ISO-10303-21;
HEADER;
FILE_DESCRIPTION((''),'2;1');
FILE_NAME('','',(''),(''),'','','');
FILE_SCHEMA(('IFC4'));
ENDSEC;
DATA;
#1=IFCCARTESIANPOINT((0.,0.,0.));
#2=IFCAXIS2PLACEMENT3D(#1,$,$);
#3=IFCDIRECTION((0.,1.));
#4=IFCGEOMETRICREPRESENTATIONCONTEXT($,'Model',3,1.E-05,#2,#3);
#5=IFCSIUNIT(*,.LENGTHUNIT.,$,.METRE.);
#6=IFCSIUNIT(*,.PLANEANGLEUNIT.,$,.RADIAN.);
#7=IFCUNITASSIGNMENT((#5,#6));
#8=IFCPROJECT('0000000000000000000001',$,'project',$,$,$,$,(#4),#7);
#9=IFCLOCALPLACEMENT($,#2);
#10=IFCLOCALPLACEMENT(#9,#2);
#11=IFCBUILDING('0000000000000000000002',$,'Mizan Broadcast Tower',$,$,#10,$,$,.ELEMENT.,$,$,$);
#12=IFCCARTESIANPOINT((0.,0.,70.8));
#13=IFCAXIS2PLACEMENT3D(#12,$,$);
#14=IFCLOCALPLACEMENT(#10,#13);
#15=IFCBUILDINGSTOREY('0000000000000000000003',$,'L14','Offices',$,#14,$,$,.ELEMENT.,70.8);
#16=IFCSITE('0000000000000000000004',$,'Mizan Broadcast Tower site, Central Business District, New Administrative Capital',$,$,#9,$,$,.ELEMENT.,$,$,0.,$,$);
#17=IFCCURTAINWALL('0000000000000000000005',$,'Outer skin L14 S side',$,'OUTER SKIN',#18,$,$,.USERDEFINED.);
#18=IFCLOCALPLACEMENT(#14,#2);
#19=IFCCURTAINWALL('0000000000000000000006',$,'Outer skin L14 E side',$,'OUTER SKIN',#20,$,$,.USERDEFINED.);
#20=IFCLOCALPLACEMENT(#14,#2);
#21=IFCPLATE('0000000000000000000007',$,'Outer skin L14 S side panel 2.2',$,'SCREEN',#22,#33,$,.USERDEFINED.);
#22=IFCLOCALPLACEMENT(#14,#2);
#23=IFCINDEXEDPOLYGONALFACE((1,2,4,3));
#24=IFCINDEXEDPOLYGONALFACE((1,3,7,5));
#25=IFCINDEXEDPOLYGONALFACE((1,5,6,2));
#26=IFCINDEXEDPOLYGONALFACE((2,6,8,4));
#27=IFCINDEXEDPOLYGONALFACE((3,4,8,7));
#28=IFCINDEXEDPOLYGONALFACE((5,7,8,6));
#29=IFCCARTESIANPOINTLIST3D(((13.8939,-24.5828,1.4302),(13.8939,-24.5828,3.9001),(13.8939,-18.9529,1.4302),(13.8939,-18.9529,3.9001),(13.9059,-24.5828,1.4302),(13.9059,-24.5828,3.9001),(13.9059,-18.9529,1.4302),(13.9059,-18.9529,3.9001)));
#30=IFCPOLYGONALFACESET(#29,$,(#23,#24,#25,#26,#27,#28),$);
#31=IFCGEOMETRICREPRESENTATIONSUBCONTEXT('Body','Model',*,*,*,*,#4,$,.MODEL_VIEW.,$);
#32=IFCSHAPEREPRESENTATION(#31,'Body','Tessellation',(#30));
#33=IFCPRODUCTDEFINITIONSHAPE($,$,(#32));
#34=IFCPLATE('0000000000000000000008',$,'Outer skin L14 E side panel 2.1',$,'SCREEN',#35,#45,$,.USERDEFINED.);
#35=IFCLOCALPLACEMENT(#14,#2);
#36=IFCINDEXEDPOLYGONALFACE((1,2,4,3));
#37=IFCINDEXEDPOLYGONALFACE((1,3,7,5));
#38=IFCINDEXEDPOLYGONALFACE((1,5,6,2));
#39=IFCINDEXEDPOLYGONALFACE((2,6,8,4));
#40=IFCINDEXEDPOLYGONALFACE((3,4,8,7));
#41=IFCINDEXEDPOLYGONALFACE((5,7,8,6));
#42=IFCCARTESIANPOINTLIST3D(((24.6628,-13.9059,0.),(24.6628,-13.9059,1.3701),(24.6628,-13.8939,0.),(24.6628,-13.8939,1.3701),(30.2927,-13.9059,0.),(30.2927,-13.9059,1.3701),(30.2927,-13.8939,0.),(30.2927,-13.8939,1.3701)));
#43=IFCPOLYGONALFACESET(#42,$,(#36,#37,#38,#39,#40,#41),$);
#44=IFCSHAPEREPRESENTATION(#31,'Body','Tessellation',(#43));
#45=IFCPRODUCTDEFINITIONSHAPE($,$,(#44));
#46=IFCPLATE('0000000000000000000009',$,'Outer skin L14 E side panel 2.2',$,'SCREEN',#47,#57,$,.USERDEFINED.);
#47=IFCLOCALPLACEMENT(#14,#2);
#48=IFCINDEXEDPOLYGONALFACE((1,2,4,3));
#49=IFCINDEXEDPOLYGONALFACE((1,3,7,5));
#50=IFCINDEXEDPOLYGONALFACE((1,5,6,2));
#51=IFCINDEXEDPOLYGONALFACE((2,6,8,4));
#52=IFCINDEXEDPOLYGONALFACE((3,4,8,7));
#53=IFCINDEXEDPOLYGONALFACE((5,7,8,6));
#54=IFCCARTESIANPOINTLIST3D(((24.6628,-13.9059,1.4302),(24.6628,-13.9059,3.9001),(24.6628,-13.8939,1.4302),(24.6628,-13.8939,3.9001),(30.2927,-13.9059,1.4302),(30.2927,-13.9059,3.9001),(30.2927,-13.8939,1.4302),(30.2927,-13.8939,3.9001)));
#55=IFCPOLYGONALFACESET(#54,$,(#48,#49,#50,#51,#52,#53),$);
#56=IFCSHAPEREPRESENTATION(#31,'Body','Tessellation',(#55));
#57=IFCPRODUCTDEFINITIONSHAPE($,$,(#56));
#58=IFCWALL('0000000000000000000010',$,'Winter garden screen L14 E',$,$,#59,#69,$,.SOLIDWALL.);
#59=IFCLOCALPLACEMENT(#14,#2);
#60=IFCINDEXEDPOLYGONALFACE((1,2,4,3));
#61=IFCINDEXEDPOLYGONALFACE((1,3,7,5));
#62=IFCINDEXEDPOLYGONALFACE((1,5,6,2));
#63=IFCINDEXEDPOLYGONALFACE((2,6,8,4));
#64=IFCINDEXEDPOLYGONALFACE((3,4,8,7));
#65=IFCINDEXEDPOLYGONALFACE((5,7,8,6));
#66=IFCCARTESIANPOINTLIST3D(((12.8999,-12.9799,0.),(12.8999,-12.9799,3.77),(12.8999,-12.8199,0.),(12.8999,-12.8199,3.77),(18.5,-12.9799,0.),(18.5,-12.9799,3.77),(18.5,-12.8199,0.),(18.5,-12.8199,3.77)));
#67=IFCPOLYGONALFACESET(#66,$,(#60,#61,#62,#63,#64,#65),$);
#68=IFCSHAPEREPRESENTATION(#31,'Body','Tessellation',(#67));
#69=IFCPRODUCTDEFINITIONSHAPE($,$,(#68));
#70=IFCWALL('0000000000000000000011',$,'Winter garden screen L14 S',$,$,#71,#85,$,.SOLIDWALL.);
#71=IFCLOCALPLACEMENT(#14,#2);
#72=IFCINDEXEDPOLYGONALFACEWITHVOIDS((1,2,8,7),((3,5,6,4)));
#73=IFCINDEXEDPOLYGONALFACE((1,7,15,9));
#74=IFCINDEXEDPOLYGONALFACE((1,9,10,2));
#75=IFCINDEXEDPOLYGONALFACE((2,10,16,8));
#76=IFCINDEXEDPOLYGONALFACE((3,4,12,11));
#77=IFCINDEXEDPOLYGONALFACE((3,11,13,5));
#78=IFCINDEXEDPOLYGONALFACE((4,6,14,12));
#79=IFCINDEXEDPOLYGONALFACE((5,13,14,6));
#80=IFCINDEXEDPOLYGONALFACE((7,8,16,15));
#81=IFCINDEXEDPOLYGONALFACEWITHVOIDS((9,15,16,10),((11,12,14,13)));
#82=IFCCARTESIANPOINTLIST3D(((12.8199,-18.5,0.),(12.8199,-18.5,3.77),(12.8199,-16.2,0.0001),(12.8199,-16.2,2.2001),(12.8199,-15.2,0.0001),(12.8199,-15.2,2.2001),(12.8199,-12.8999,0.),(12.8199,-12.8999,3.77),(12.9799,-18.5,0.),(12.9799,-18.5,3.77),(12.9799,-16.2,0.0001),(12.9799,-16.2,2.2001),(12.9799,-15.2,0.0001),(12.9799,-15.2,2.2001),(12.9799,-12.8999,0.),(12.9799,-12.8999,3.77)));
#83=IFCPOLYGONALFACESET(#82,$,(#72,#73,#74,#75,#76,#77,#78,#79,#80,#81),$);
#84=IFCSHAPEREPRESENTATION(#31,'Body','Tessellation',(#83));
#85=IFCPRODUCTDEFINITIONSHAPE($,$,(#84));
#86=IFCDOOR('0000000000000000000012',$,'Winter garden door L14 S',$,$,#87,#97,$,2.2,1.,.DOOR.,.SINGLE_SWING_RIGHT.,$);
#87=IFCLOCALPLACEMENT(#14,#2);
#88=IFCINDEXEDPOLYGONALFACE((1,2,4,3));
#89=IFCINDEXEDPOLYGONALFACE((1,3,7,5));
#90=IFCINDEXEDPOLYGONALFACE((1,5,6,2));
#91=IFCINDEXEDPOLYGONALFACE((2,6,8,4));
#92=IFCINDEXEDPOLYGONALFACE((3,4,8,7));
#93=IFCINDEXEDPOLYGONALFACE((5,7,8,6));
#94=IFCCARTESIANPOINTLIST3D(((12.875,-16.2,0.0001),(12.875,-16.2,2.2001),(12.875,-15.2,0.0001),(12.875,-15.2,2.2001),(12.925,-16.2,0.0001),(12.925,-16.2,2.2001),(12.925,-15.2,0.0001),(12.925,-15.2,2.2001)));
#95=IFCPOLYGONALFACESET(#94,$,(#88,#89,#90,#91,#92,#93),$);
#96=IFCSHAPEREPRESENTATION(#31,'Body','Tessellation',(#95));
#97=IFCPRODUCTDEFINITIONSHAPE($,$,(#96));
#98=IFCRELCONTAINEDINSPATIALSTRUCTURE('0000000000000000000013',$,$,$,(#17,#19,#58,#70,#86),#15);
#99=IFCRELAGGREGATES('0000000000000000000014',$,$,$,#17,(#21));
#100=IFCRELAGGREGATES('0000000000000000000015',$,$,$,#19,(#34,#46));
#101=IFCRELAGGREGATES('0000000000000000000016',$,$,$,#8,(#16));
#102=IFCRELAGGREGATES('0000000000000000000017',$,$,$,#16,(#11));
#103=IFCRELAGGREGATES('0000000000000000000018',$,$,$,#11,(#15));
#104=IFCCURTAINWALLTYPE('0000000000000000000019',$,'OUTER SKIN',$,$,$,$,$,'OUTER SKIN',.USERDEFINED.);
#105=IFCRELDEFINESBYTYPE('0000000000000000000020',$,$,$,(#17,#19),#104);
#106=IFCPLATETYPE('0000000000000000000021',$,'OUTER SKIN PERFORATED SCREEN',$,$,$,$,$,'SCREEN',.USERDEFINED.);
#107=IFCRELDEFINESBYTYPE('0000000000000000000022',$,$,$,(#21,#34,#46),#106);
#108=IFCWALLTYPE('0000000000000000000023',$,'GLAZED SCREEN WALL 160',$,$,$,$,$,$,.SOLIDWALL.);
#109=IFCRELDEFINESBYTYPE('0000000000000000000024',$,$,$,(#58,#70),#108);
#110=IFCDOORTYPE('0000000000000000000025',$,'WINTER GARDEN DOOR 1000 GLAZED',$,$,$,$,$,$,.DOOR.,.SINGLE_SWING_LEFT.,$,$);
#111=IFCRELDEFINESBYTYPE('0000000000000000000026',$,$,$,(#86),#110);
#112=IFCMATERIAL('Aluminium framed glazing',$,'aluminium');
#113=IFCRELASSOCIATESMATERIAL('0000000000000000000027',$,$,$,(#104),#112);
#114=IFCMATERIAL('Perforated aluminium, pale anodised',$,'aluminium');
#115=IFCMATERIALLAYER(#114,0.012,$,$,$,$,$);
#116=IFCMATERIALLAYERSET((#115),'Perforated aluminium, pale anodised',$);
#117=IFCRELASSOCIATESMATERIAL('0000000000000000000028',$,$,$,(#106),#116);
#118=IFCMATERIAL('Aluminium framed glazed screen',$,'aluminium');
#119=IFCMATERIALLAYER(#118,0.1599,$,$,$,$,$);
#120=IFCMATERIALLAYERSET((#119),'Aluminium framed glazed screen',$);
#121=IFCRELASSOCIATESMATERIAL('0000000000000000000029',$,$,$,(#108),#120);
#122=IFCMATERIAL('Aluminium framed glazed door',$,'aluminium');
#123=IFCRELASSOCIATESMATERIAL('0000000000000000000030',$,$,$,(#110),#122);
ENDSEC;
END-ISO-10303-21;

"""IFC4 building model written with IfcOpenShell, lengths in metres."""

from ifc_helpers import new_model, si_unit, direction, frame, frame_2d, origin, origin_2d, place, context, subcontext, project, spatial, rectangle, extrude, material, layer, layer_set, type_object, element, fill, aggregate, save


model = new_model("IFC4")

# Units and contexts
model_context = context("Model", 3, precision=1e-05, world=origin(), true_north=direction((0.0, 1.0)))
body_context = subcontext(model_context, "Body", "Model", "MODEL_VIEW")
ifc_project = project(units=[si_unit("LENGTHUNIT", "METRE"), si_unit("PLANEANGLEUNIT", "RADIAN")], contexts=[model_context])

# Site, building, storey
site_placement = place(None, origin())
site = spatial("IfcSite", under=ifc_project, at=site_placement, Name="Mizan Broadcast Tower site, Central Business District, New Administrative Capital", CompositionType="ELEMENT", RefElevation=0.0)
building_placement = place(site_placement, origin())
building = spatial("IfcBuilding", under=site, at=building_placement, Name="Mizan Broadcast Tower", CompositionType="ELEMENT")
storey_placement = place(building_placement, frame((0.0, 0.0, 70.8)))
storey = spatial("IfcBuildingStorey", under=building, at=storey_placement, Name="L14", Description="Offices", CompositionType="ELEMENT", Elevation=70.8)

# Shared definitions
ifc_material_1 = material(Name="Aluminium framed glazing", Category="aluminium")
curtain_wall_type_1 = type_object("IfcCurtainWallType", Name="OUTER SKIN", ElementType="OUTER SKIN", PredefinedType="USERDEFINED", material=ifc_material_1)

# Curtain wall
curtain_wall_1_placement = place(storey_placement, origin())
curtain_wall_1 = element("IfcCurtainWall", 1, at=curtain_wall_1_placement, inside=storey, type_object=curtain_wall_type_1, Name="Outer skin L14 S side", ObjectType="OUTER SKIN", PredefinedType="USERDEFINED")

# Curtain wall
curtain_wall_2_placement = place(storey_placement, origin())
curtain_wall_2 = element("IfcCurtainWall", 2, at=curtain_wall_2_placement, inside=storey, type_object=curtain_wall_type_1, Name="Outer skin L14 E side", ObjectType="OUTER SKIN", PredefinedType="USERDEFINED")

# Plates
ifc_material_2 = material(Name="Perforated aluminium, pale anodised", Category="aluminium")
ifc_layer_1 = layer(ifc_material_2, 0.012)
ifc_layer_set_1 = layer_set([ifc_layer_1], Name="Perforated aluminium, pale anodised")
plate_type_1 = type_object("IfcPlateType", Name="OUTER SKIN PERFORATED SCREEN", ElementType="SCREEN", PredefinedType="USERDEFINED", material=ifc_layer_set_1)
plate_1_placement = place(storey_placement, frame((13.8999, -21.7678, 1.4302), z_axis=(0.0, 0.0, 1.0), x_axis=(0.0, 1.0, 0.0)))
plate_1 = element("IfcPlate", 3, at=plate_1_placement, type_object=plate_type_1, Name="Outer skin L14 S side panel 2.2", ObjectType="SCREEN", PredefinedType="USERDEFINED", context=body_context, shape_type="SweptSolid", body=[
    extrude(rectangle(XDim=5.6299, YDim=0.012, at=origin_2d()), origin(), (0.0, 0.0, 1.0), 2.47),
])
aggregate(curtain_wall_1, [plate_1])
plate_2_placement = place(storey_placement, frame((27.4778, -13.8999, 0.0), z_axis=(0.0, 0.0, 1.0), x_axis=(1.0, 0.0, 0.0)))
plate_2 = element("IfcPlate", 4, at=plate_2_placement, type_object=plate_type_1, Name="Outer skin L14 E side panel 2.1", ObjectType="SCREEN", PredefinedType="USERDEFINED", context=body_context, shape_type="SweptSolid", body=[
    extrude(rectangle(XDim=5.6299, YDim=0.012, at=origin_2d()), origin(), (0.0, 0.0, 1.0), 1.3701),
])
plate_3_placement = place(storey_placement, frame((27.4778, -13.8999, 1.4302), z_axis=(0.0, 0.0, 1.0), x_axis=(1.0, 0.0, 0.0)))
plate_3 = element("IfcPlate", 5, at=plate_3_placement, type_object=plate_type_1, Name="Outer skin L14 E side panel 2.2", ObjectType="SCREEN", PredefinedType="USERDEFINED", context=body_context, shape_type="SweptSolid", body=[
    extrude(rectangle(XDim=5.6299, YDim=0.012, at=origin_2d()), origin(), (0.0, 0.0, 1.0), 2.47),
])
aggregate(curtain_wall_2, [plate_2, plate_3])

# Wall
ifc_material_3 = material(Name="Aluminium framed glazed screen", Category="aluminium")
ifc_layer_2 = layer(ifc_material_3, 0.1599)
ifc_layer_set_2 = layer_set([ifc_layer_2], Name="Aluminium framed glazed screen")
wall_type = type_object("IfcWallType", Name="GLAZED SCREEN WALL 160", PredefinedType="SOLIDWALL", material=ifc_layer_set_2)
wall_1_placement = place(storey_placement, frame((12.8999, -12.8999, 0.0), z_axis=(0.0, 0.0, 1.0), x_axis=(1.0, 0.0, 0.0)))
element("IfcWall", 6, at=wall_1_placement, inside=storey, type_object=wall_type, Name="Winter garden screen L14 E", PredefinedType="SOLIDWALL", context=body_context, shape_type="SweptSolid", body=[
    extrude(rectangle(XDim=5.6001, YDim=0.1599, at=frame_2d((2.8, 0.0))), origin(), (0.0, 0.0, 1.0), 3.77),
])

# Wall, opening, door
wall_2_placement = place(storey_placement, frame((12.8999, -18.5, 0.0), z_axis=(0.0, 0.0, 1.0), x_axis=(0.0, 1.0, 0.0)))
wall_2 = element("IfcWall", 7, at=wall_2_placement, inside=storey, type_object=wall_type, Name="Winter garden screen L14 S", PredefinedType="SOLIDWALL", context=body_context, shape_type="SweptSolid", body=[
    extrude(rectangle(XDim=5.6001, YDim=0.1599, at=frame_2d((2.8, 0.0))), origin(), (0.0, 0.0, 1.0), 3.77),
])
opening_placement = place(wall_2_placement, frame((2.3, 0.0, 0.0)))
opening = element("IfcOpeningElement", 8, at=opening_placement, cuts=wall_2, PredefinedType="OPENING", context=body_context, shape_type="SweptSolid", body=[
    extrude(rectangle(XDim=1.0, YDim=2.2, at=frame_2d((0.5, 1.1001))), frame((0.0, 0.0898, 0.0), z_axis=(0.0, -1.0, 0.0), x_axis=(1.0, 0.0, 0.0)), (0.0, 0.0, 1.0), 0.1799),
])
ifc_material_4 = material(Name="Aluminium framed glazed door", Category="aluminium")
door_type = type_object("IfcDoorType", Name="WINTER GARDEN DOOR 1000 GLAZED", OperationType="SINGLE_SWING_LEFT", PredefinedType="DOOR", material=ifc_material_4)
door_placement = place(opening_placement, origin())
door = element("IfcDoor", 9, at=door_placement, inside=storey, type_object=door_type, Name="Winter garden door L14 S", OperationType="SINGLE_SWING_RIGHT", OverallHeight=2.2, OverallWidth=1.0, PredefinedType="DOOR", context=body_context, shape_type="SweptSolid", body=[
    extrude(rectangle(XDim=1.0, YDim=2.2, at=frame_2d((0.5, 1.1001))), frame((0.0, 0.0249, 0.0), z_axis=(0.0, -1.0, 0.0), x_axis=(1.0, 0.0, 0.0)), (0.0, 0.0, 1.0), 0.05),
])
fill(opening, door)

save(model, "model.ifc")
